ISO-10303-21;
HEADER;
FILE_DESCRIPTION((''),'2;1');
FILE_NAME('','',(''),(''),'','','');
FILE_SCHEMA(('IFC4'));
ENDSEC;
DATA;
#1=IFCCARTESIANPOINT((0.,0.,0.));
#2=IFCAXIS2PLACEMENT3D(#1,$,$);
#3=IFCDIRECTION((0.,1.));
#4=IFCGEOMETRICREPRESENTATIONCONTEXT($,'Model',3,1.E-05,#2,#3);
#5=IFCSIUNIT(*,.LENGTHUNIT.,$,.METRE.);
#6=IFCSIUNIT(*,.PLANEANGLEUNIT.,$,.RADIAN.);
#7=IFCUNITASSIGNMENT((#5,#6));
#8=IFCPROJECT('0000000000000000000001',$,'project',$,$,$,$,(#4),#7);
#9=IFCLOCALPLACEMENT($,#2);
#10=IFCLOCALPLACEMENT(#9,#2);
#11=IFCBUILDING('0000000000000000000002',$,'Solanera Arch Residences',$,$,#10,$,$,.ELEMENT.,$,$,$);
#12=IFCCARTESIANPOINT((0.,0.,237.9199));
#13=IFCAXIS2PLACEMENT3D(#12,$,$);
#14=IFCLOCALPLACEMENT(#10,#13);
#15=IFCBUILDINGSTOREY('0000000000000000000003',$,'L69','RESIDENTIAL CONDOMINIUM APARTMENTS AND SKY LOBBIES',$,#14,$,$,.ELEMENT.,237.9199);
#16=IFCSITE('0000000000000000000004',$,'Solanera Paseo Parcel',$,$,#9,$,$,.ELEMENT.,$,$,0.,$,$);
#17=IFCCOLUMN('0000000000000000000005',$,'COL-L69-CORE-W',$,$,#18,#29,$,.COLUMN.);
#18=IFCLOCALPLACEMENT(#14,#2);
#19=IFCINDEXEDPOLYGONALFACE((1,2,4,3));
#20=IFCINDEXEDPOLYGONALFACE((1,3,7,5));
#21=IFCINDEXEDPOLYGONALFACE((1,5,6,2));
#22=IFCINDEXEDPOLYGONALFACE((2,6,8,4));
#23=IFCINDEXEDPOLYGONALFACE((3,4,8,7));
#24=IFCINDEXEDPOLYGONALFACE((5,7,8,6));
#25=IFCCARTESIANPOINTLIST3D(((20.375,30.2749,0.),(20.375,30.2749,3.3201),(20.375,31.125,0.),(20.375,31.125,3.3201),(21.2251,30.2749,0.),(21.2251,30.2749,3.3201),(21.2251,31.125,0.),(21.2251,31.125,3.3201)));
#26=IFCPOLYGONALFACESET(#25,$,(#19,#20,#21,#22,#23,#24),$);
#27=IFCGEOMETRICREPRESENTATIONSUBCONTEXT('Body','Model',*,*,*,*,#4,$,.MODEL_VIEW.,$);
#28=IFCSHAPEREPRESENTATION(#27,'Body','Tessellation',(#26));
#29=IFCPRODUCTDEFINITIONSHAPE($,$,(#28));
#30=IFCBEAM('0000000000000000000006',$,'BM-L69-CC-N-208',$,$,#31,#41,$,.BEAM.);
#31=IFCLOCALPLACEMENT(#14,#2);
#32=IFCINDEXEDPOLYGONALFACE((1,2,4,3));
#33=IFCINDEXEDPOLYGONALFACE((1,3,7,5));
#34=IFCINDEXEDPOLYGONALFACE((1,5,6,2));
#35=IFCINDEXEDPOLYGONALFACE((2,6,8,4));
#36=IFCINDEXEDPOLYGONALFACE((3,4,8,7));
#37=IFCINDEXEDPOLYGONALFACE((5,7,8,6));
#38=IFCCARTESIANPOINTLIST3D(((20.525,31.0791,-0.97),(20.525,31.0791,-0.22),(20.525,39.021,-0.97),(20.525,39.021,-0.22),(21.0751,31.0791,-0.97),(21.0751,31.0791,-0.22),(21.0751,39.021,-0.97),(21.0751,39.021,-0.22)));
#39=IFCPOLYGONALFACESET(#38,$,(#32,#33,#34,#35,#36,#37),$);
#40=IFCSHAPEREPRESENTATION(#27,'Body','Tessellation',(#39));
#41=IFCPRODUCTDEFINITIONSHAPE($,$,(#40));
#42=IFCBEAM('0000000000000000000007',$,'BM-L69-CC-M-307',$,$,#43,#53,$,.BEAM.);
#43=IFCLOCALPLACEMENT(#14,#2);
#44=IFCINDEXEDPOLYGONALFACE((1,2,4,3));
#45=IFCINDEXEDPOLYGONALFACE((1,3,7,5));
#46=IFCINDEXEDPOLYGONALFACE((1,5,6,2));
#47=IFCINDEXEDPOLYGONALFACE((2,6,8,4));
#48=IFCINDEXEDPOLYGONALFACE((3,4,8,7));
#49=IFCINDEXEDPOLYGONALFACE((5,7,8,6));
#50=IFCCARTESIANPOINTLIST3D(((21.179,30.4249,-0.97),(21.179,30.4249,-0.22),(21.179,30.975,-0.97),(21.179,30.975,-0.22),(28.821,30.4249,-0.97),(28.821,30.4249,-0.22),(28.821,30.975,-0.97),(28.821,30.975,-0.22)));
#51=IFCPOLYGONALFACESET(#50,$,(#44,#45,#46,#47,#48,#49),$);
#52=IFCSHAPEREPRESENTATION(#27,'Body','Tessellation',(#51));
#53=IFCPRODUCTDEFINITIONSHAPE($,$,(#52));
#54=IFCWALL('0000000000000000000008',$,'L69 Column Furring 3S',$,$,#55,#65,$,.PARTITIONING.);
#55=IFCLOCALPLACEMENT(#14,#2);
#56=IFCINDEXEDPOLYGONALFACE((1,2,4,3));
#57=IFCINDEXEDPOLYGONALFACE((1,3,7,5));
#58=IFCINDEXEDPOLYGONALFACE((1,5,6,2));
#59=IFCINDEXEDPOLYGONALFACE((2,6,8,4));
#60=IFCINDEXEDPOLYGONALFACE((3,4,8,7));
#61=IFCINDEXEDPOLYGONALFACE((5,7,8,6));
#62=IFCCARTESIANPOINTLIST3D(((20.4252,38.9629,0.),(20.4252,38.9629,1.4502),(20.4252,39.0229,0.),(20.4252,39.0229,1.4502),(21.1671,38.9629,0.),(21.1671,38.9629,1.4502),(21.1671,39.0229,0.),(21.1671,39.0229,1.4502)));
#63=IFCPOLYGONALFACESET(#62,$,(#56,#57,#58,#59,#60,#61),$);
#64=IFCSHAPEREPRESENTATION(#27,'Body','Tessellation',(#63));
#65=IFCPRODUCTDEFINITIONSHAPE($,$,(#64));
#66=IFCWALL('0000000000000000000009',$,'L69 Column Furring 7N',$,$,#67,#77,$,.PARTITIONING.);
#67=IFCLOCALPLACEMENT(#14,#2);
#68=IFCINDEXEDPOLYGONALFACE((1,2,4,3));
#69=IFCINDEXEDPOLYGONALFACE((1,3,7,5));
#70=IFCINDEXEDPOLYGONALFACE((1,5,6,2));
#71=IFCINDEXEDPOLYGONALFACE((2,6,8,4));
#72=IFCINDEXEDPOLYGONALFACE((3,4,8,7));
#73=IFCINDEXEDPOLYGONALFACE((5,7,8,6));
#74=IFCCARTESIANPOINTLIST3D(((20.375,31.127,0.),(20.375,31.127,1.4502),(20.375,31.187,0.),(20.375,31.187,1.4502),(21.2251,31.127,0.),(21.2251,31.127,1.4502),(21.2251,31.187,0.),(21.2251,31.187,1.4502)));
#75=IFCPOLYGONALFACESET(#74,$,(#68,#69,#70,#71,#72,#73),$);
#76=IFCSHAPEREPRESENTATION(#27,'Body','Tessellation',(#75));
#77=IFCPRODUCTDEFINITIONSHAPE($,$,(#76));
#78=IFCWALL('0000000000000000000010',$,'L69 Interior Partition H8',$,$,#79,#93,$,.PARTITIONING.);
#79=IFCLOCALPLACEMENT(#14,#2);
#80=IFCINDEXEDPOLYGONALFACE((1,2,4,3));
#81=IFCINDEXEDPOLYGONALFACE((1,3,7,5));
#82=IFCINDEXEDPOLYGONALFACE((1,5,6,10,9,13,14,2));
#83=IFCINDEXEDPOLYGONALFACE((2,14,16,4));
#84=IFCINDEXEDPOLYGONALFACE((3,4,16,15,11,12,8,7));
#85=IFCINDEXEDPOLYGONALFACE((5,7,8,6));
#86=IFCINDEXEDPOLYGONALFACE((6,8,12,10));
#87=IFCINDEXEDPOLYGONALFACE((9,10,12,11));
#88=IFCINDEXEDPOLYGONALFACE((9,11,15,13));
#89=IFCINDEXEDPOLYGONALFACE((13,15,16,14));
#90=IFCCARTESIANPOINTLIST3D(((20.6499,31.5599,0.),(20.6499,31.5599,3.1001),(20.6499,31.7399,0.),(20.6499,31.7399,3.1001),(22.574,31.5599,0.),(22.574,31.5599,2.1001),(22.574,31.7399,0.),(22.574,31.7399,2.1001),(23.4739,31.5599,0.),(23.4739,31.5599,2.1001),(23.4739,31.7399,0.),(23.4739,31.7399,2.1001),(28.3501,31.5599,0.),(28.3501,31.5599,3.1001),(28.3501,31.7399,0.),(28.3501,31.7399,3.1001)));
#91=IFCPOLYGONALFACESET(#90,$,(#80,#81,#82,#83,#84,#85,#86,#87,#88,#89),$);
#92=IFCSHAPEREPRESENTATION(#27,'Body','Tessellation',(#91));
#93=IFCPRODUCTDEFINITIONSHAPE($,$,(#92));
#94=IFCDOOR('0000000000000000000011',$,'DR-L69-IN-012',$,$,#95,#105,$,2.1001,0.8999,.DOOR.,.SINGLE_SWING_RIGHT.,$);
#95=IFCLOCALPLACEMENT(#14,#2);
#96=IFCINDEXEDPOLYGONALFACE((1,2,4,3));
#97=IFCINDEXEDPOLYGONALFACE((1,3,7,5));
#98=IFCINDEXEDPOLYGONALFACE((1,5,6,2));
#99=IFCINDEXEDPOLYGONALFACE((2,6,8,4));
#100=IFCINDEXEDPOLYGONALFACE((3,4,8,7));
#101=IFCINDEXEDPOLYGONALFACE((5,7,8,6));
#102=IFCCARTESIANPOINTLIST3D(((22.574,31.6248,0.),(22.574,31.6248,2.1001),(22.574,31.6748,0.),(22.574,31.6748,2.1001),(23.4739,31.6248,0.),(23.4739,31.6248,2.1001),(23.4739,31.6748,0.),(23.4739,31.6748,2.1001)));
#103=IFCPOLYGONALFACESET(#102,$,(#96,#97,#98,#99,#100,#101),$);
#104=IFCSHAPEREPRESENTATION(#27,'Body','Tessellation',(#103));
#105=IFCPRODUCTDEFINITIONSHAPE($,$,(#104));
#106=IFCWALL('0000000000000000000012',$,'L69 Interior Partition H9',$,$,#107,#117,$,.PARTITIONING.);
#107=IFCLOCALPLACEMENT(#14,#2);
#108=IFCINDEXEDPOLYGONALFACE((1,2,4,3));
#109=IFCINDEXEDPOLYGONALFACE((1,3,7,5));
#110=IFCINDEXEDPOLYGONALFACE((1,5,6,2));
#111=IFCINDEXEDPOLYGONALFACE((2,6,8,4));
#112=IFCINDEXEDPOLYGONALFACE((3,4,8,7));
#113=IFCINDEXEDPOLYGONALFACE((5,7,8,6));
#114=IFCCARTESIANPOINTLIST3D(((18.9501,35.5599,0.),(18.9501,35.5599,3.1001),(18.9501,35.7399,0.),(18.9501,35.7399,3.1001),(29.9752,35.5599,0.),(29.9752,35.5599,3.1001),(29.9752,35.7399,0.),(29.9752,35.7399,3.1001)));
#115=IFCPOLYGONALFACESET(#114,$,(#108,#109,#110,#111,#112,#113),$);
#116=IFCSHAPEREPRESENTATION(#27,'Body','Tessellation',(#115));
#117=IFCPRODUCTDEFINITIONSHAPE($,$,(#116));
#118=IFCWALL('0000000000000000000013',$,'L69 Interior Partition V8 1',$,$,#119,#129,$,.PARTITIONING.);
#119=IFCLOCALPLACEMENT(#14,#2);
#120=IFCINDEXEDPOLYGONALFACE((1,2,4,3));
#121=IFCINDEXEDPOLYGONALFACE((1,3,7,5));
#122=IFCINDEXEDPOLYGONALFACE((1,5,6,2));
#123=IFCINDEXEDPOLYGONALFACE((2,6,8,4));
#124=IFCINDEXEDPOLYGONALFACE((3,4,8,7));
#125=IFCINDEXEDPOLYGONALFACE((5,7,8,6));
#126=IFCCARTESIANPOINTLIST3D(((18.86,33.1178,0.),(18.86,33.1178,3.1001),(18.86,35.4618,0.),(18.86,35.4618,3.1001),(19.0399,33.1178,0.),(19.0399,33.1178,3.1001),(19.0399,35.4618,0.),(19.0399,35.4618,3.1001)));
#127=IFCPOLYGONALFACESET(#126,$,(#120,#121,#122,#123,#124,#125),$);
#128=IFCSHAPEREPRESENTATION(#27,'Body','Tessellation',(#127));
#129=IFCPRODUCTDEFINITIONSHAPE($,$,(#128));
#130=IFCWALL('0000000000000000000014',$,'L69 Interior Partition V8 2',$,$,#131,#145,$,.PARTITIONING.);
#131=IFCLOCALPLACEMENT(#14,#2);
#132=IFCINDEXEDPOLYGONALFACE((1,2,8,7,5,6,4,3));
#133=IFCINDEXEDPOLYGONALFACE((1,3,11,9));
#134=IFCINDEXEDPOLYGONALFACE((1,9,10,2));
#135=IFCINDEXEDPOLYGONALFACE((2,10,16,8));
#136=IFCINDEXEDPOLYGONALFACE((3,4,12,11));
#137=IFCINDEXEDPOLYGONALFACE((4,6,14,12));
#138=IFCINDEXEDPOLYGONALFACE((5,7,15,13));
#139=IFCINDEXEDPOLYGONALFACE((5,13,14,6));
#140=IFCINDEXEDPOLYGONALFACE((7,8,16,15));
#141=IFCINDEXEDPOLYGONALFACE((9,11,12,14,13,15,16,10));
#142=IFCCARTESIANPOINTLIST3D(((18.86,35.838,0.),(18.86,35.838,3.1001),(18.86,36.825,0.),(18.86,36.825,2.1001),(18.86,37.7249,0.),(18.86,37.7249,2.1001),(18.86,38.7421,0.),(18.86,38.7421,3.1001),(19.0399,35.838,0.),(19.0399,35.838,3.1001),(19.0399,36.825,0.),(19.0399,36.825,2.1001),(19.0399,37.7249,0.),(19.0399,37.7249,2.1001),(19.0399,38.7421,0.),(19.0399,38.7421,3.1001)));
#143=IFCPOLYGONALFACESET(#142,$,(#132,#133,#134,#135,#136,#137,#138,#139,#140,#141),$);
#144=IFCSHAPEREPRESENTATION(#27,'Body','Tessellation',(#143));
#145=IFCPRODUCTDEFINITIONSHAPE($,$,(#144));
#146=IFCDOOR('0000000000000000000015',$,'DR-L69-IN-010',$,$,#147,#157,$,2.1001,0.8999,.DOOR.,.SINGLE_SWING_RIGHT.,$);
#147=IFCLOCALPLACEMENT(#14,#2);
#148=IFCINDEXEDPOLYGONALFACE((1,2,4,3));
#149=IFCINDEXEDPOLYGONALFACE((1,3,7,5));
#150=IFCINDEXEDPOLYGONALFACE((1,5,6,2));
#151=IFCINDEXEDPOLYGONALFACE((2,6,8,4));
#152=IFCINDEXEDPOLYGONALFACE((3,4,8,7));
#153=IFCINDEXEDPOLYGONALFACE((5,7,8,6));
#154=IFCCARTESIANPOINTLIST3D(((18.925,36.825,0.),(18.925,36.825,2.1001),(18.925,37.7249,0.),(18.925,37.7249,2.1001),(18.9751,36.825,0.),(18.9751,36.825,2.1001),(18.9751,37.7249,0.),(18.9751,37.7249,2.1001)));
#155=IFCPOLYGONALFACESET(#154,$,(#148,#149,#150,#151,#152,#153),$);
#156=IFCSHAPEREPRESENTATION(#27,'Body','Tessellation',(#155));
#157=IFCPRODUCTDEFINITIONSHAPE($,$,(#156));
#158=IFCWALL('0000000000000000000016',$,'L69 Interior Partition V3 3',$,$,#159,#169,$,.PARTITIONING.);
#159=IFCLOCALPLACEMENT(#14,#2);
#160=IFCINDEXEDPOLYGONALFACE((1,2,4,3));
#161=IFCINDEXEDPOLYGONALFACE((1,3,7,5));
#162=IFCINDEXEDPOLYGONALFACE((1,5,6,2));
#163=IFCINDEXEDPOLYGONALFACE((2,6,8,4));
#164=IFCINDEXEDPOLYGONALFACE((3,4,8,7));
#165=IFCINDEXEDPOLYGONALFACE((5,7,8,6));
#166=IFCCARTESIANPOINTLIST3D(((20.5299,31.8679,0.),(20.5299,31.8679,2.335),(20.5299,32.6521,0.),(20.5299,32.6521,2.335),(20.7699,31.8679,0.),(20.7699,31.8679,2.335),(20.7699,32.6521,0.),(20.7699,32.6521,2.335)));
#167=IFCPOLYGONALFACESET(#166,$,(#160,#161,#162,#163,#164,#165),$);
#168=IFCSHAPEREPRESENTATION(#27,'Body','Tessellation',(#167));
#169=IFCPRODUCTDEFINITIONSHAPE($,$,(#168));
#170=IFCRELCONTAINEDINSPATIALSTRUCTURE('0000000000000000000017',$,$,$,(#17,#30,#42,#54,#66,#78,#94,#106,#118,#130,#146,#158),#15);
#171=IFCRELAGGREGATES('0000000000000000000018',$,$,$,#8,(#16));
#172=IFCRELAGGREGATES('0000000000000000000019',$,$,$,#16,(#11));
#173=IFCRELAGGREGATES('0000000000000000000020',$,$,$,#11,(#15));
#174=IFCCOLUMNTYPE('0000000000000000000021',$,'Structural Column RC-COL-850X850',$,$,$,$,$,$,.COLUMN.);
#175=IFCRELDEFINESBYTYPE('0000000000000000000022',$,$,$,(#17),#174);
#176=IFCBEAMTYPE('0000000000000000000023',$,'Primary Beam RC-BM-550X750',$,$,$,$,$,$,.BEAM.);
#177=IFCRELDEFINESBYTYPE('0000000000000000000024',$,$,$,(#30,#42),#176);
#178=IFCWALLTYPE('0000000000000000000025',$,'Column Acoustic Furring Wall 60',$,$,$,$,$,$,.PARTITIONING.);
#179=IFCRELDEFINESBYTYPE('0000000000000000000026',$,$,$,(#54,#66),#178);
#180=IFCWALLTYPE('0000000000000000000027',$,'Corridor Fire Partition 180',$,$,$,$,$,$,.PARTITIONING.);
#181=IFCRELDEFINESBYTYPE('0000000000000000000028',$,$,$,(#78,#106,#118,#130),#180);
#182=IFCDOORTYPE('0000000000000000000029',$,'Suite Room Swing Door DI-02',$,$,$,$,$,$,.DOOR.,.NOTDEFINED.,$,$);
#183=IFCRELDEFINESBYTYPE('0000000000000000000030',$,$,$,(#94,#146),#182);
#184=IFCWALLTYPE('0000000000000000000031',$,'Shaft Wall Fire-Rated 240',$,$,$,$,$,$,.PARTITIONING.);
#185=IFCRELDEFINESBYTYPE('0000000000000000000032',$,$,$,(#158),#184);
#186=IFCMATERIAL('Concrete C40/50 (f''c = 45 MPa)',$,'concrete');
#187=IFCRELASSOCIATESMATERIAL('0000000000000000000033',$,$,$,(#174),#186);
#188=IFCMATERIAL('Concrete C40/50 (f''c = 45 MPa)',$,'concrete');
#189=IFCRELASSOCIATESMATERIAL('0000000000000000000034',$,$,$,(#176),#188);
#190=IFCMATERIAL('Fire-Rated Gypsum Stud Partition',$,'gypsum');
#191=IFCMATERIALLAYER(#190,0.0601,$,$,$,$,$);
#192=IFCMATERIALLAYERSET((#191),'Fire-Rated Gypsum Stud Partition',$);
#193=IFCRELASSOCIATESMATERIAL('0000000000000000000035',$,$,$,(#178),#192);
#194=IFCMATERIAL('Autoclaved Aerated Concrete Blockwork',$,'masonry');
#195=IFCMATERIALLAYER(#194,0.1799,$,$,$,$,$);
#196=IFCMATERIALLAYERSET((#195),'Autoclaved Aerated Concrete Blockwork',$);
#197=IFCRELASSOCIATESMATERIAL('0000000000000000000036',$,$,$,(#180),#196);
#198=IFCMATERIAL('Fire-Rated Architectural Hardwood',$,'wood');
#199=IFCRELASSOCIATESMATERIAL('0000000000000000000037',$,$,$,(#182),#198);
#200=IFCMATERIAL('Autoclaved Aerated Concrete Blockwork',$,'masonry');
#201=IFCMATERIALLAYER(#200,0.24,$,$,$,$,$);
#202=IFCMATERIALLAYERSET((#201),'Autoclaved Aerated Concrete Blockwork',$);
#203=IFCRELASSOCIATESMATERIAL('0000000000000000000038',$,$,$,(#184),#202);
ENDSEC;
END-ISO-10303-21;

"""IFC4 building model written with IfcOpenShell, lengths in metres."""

from ifc_helpers import new_model, si_unit, direction, frame, frame_2d, origin, origin_2d, place, context, subcontext, project, spatial, rectangle, extrude, material, layer, layer_set, material_profile, profile_set, type_object, element, fill, save


model = new_model("IFC4")

# Units and contexts
model_context = context("Model", 3, precision=1e-05, world=origin(), true_north=direction((0.0, 1.0)))
body_context = subcontext(model_context, "Body", "Model", "MODEL_VIEW")
ifc_project = project(units=[si_unit("LENGTHUNIT", "METRE"), si_unit("PLANEANGLEUNIT", "RADIAN")], contexts=[model_context])

# Site, building, storey
site_placement = place(None, origin())
site = spatial("IfcSite", under=ifc_project, at=site_placement, Name="Solanera Paseo Parcel", CompositionType="ELEMENT", RefElevation=0.0)
building_placement = place(site_placement, origin())
building = spatial("IfcBuilding", under=site, at=building_placement, Name="Solanera Arch Residences", CompositionType="ELEMENT")
storey_placement = place(building_placement, frame((0.0, 0.0, 237.9199)))
storey = spatial("IfcBuildingStorey", under=building, at=storey_placement, Name="L69", Description="RESIDENTIAL CONDOMINIUM APARTMENTS AND SKY LOBBIES", CompositionType="ELEMENT", Elevation=237.9199)

# Column
ifc_material_1 = material(Name="Concrete C40/50 (f'c = 45 MPa)", Category="concrete")
ifc_material_profile_1 = material_profile(ifc_material_1, rectangle(XDim=0.8501, YDim=0.8501, at=origin_2d()))
ifc_profile_set_1 = profile_set([ifc_material_profile_1], Name="Concrete C40/50 (f'c = 45 MPa)")
column_type = type_object("IfcColumnType", Name="Structural Column RC-COL-850X850", PredefinedType="COLUMN", material=ifc_profile_set_1)
column_placement = place(storey_placement, frame((20.8, 30.7, 0.0), z_axis=(0.0, 0.0, 1.0), x_axis=(1.0, 0.0, 0.0)))
element("IfcColumn", 1, at=column_placement, inside=storey, type_object=column_type, Name="COL-L69-CORE-W", PredefinedType="COLUMN", context=body_context, shape_type="SweptSolid", body=[
    extrude(rectangle(XDim=0.8501, YDim=0.8501, at=origin_2d()), origin(), (0.0, 0.0, 1.0), 3.3201),
])

# Beams
ifc_material_2 = material(Name="Concrete C40/50 (f'c = 45 MPa)", Category="concrete")
ifc_material_profile_2 = material_profile(ifc_material_2, rectangle(XDim=0.55, YDim=0.75, at=origin_2d()))
ifc_profile_set_2 = profile_set([ifc_material_profile_2], Name="Concrete C40/50 (f'c = 45 MPa)")
beam_type = type_object("IfcBeamType", Name="Primary Beam RC-BM-550X750", PredefinedType="BEAM", material=ifc_profile_set_2)
beam_1_placement = place(storey_placement, frame((20.8, 31.0791, -0.595), z_axis=(0.0, 1.0, 0.0), x_axis=(-1.0, 0.0, 0.0)))
element("IfcBeam", 2, at=beam_1_placement, inside=storey, type_object=beam_type, Name="BM-L69-CC-N-208", PredefinedType="BEAM", context=body_context, shape_type="SweptSolid", body=[
    extrude(rectangle(XDim=0.55, YDim=0.75, at=origin_2d()), origin(), (0.0, 0.0, 1.0), 7.9419),
])
beam_2_placement = place(storey_placement, frame((21.179, 30.7, -0.595), z_axis=(1.0, 0.0, 0.0), x_axis=(0.0, 1.0, 0.0)))
element("IfcBeam", 3, at=beam_2_placement, inside=storey, type_object=beam_type, Name="BM-L69-CC-M-307", PredefinedType="BEAM", context=body_context, shape_type="SweptSolid", body=[
    extrude(rectangle(XDim=0.55, YDim=0.75, at=origin_2d()), origin(), (0.0, 0.0, 1.0), 7.6421),
])

# Walls
ifc_material_3 = material(Name="Fire-Rated Gypsum Stud Partition", Category="gypsum")
ifc_layer_1 = layer(ifc_material_3, 0.0601)
ifc_layer_set_1 = layer_set([ifc_layer_1], Name="Fire-Rated Gypsum Stud Partition")
wall_type_1 = type_object("IfcWallType", Name="Column Acoustic Furring Wall 60", PredefinedType="PARTITIONING", material=ifc_layer_set_1)
wall_1_placement = place(storey_placement, frame((20.425, 38.9929, 0.0), z_axis=(0.0, 0.0, 1.0), x_axis=(1.0, 0.0, 0.0)))
element("IfcWall", 4, at=wall_1_placement, inside=storey, type_object=wall_type_1, Name="L69 Column Furring 3S", PredefinedType="PARTITIONING", context=body_context, shape_type="SweptSolid", body=[
    extrude(rectangle(XDim=0.7419, YDim=0.0601, at=frame_2d((0.3711, 0.0))), origin(), (0.0, 0.0, 1.0), 1.4502),
])
wall_2_placement = place(storey_placement, frame((20.375, 31.157, 0.0), z_axis=(0.0, 0.0, 1.0), x_axis=(1.0, 0.0, 0.0)))
element("IfcWall", 5, at=wall_2_placement, inside=storey, type_object=wall_type_1, Name="L69 Column Furring 7N", PredefinedType="PARTITIONING", context=body_context, shape_type="SweptSolid", body=[
    extrude(rectangle(XDim=0.8501, YDim=0.0601, at=frame_2d((0.425, 0.0))), origin(), (0.0, 0.0, 1.0), 1.4502),
])

# Wall, opening, door
ifc_material_4 = material(Name="Autoclaved Aerated Concrete Blockwork", Category="masonry")
ifc_layer_2 = layer(ifc_material_4, 0.1799)
ifc_layer_set_2 = layer_set([ifc_layer_2], Name="Autoclaved Aerated Concrete Blockwork")
wall_type_2 = type_object("IfcWallType", Name="Corridor Fire Partition 180", PredefinedType="PARTITIONING", material=ifc_layer_set_2)
wall_3_placement = place(storey_placement, frame((20.6499, 31.6499, 0.0), z_axis=(0.0, 0.0, 1.0), x_axis=(1.0, 0.0, 0.0)))
wall_3 = element("IfcWall", 6, at=wall_3_placement, inside=storey, type_object=wall_type_2, Name="L69 Interior Partition H8", PredefinedType="PARTITIONING", context=body_context, shape_type="SweptSolid", body=[
    extrude(rectangle(XDim=7.7002, YDim=0.1799, at=frame_2d((3.8501, 0.0))), origin(), (0.0, 0.0, 1.0), 3.1001),
])
opening_1_placement = place(wall_3_placement, frame((1.9241, 0.0, 0.0)))
opening_1 = element("IfcOpeningElement", 7, at=opening_1_placement, cuts=wall_3, PredefinedType="OPENING", context=body_context, shape_type="SweptSolid", body=[
    extrude(rectangle(XDim=0.8999, YDim=2.1001, at=frame_2d((0.45, 1.05))), frame((0.0, 0.1001, 0.0), z_axis=(0.0, -1.0, 0.0), x_axis=(1.0, 0.0, 0.0)), (0.0, 0.0, 1.0), 0.1999),
])
ifc_material_5 = material(Name="Fire-Rated Architectural Hardwood", Category="wood")
door_type_1 = type_object("IfcDoorType", Name="Suite Room Swing Door DI-02", OperationType="NOTDEFINED", PredefinedType="DOOR", material=ifc_material_5)
door_1_placement = place(opening_1_placement, origin())
door_1 = element("IfcDoor", 8, at=door_1_placement, inside=storey, type_object=door_type_1, Name="DR-L69-IN-012", OperationType="SINGLE_SWING_RIGHT", OverallHeight=2.1001, OverallWidth=0.8999, PredefinedType="DOOR", context=body_context, shape_type="SweptSolid", body=[
    extrude(rectangle(XDim=0.8999, YDim=2.1001, at=frame_2d((0.45, 1.05))), frame((0.0, 0.0249, 0.0), z_axis=(0.0, -1.0, 0.0), x_axis=(1.0, 0.0, 0.0)), (0.0, 0.0, 1.0), 0.05),
])
fill(opening_1, door_1)

# Walls
wall_4_placement = place(storey_placement, frame((18.95, 35.6499, 0.0), z_axis=(0.0, 0.0, 1.0), x_axis=(1.0, 0.0, 0.0)))
element("IfcWall", 9, at=wall_4_placement, inside=storey, type_object=wall_type_2, Name="L69 Interior Partition H9", PredefinedType="PARTITIONING", context=body_context, shape_type="SweptSolid", body=[
    extrude(rectangle(XDim=11.0251, YDim=0.1799, at=frame_2d((5.5127, 0.0))), origin(), (0.0, 0.0, 1.0), 3.1001),
])
wall_5_placement = place(storey_placement, frame((18.95, 33.1179, 0.0), z_axis=(0.0, 0.0, 1.0), x_axis=(0.0, 1.0, 0.0)))
element("IfcWall", 10, at=wall_5_placement, inside=storey, type_object=wall_type_2, Name="L69 Interior Partition V8 1", PredefinedType="PARTITIONING", context=body_context, shape_type="SweptSolid", body=[
    extrude(rectangle(XDim=2.344, YDim=0.1799, at=frame_2d((1.1719, 0.0))), origin(), (0.0, 0.0, 1.0), 3.1001),
])

# Wall, opening, door
wall_6_placement = place(storey_placement, frame((18.95, 35.8379, 0.0), z_axis=(0.0, 0.0, 1.0), x_axis=(0.0, 1.0, 0.0)))
wall_6 = element("IfcWall", 11, at=wall_6_placement, inside=storey, type_object=wall_type_2, Name="L69 Interior Partition V8 2", PredefinedType="PARTITIONING", context=body_context, shape_type="SweptSolid", body=[
    extrude(rectangle(XDim=2.9041, YDim=0.1799, at=frame_2d((1.4521, 0.0))), origin(), (0.0, 0.0, 1.0), 3.1001),
])
opening_2_placement = place(wall_6_placement, frame((0.9871, 0.0, 0.0)))
opening_2 = element("IfcOpeningElement", 12, at=opening_2_placement, cuts=wall_6, PredefinedType="OPENING", context=body_context, shape_type="SweptSolid", body=[
    extrude(rectangle(XDim=0.8999, YDim=2.1001, at=frame_2d((0.45, 1.05))), frame((0.0, 0.1001, 0.0), z_axis=(0.0, -1.0, 0.0), x_axis=(1.0, 0.0, 0.0)), (0.0, 0.0, 1.0), 0.1999),
])
door_2_placement = place(opening_2_placement, origin())
door_2 = element("IfcDoor", 13, at=door_2_placement, inside=storey, type_object=door_type_1, Name="DR-L69-IN-010", OperationType="SINGLE_SWING_RIGHT", OverallHeight=2.1001, OverallWidth=0.8999, PredefinedType="DOOR", context=body_context, shape_type="SweptSolid", body=[
    extrude(rectangle(XDim=0.8999, YDim=2.1001, at=frame_2d((0.45, 1.05))), frame((0.0, 0.0249, 0.0), z_axis=(0.0, -1.0, 0.0), x_axis=(1.0, 0.0, 0.0)), (0.0, 0.0, 1.0), 0.05),
])
fill(opening_2, door_2)
ifc_material_6 = material(Name="Autoclaved Aerated Concrete Blockwork", Category="masonry")
ifc_layer_3 = layer(ifc_material_6, 0.24)
ifc_layer_set_3 = layer_set([ifc_layer_3], Name="Autoclaved Aerated Concrete Blockwork")
wall_type_3 = type_object("IfcWallType", Name="Shaft Wall Fire-Rated 240", PredefinedType="PARTITIONING", material=ifc_layer_set_3)

# Wall
wall_7_placement = place(storey_placement, frame((20.6499, 31.8679, 0.0), z_axis=(0.0, 0.0, 1.0), x_axis=(0.0, 1.0, 0.0)))
element("IfcWall", 14, at=wall_7_placement, inside=storey, type_object=wall_type_3, Name="L69 Interior Partition V3 3", PredefinedType="PARTITIONING", context=body_context, shape_type="SweptSolid", body=[
    extrude(rectangle(XDim=0.7842, YDim=0.24, at=frame_2d((0.3921, 0.0))), origin(), (0.0, 0.0, 1.0), 2.335),
])

save(model, "model.ifc")
